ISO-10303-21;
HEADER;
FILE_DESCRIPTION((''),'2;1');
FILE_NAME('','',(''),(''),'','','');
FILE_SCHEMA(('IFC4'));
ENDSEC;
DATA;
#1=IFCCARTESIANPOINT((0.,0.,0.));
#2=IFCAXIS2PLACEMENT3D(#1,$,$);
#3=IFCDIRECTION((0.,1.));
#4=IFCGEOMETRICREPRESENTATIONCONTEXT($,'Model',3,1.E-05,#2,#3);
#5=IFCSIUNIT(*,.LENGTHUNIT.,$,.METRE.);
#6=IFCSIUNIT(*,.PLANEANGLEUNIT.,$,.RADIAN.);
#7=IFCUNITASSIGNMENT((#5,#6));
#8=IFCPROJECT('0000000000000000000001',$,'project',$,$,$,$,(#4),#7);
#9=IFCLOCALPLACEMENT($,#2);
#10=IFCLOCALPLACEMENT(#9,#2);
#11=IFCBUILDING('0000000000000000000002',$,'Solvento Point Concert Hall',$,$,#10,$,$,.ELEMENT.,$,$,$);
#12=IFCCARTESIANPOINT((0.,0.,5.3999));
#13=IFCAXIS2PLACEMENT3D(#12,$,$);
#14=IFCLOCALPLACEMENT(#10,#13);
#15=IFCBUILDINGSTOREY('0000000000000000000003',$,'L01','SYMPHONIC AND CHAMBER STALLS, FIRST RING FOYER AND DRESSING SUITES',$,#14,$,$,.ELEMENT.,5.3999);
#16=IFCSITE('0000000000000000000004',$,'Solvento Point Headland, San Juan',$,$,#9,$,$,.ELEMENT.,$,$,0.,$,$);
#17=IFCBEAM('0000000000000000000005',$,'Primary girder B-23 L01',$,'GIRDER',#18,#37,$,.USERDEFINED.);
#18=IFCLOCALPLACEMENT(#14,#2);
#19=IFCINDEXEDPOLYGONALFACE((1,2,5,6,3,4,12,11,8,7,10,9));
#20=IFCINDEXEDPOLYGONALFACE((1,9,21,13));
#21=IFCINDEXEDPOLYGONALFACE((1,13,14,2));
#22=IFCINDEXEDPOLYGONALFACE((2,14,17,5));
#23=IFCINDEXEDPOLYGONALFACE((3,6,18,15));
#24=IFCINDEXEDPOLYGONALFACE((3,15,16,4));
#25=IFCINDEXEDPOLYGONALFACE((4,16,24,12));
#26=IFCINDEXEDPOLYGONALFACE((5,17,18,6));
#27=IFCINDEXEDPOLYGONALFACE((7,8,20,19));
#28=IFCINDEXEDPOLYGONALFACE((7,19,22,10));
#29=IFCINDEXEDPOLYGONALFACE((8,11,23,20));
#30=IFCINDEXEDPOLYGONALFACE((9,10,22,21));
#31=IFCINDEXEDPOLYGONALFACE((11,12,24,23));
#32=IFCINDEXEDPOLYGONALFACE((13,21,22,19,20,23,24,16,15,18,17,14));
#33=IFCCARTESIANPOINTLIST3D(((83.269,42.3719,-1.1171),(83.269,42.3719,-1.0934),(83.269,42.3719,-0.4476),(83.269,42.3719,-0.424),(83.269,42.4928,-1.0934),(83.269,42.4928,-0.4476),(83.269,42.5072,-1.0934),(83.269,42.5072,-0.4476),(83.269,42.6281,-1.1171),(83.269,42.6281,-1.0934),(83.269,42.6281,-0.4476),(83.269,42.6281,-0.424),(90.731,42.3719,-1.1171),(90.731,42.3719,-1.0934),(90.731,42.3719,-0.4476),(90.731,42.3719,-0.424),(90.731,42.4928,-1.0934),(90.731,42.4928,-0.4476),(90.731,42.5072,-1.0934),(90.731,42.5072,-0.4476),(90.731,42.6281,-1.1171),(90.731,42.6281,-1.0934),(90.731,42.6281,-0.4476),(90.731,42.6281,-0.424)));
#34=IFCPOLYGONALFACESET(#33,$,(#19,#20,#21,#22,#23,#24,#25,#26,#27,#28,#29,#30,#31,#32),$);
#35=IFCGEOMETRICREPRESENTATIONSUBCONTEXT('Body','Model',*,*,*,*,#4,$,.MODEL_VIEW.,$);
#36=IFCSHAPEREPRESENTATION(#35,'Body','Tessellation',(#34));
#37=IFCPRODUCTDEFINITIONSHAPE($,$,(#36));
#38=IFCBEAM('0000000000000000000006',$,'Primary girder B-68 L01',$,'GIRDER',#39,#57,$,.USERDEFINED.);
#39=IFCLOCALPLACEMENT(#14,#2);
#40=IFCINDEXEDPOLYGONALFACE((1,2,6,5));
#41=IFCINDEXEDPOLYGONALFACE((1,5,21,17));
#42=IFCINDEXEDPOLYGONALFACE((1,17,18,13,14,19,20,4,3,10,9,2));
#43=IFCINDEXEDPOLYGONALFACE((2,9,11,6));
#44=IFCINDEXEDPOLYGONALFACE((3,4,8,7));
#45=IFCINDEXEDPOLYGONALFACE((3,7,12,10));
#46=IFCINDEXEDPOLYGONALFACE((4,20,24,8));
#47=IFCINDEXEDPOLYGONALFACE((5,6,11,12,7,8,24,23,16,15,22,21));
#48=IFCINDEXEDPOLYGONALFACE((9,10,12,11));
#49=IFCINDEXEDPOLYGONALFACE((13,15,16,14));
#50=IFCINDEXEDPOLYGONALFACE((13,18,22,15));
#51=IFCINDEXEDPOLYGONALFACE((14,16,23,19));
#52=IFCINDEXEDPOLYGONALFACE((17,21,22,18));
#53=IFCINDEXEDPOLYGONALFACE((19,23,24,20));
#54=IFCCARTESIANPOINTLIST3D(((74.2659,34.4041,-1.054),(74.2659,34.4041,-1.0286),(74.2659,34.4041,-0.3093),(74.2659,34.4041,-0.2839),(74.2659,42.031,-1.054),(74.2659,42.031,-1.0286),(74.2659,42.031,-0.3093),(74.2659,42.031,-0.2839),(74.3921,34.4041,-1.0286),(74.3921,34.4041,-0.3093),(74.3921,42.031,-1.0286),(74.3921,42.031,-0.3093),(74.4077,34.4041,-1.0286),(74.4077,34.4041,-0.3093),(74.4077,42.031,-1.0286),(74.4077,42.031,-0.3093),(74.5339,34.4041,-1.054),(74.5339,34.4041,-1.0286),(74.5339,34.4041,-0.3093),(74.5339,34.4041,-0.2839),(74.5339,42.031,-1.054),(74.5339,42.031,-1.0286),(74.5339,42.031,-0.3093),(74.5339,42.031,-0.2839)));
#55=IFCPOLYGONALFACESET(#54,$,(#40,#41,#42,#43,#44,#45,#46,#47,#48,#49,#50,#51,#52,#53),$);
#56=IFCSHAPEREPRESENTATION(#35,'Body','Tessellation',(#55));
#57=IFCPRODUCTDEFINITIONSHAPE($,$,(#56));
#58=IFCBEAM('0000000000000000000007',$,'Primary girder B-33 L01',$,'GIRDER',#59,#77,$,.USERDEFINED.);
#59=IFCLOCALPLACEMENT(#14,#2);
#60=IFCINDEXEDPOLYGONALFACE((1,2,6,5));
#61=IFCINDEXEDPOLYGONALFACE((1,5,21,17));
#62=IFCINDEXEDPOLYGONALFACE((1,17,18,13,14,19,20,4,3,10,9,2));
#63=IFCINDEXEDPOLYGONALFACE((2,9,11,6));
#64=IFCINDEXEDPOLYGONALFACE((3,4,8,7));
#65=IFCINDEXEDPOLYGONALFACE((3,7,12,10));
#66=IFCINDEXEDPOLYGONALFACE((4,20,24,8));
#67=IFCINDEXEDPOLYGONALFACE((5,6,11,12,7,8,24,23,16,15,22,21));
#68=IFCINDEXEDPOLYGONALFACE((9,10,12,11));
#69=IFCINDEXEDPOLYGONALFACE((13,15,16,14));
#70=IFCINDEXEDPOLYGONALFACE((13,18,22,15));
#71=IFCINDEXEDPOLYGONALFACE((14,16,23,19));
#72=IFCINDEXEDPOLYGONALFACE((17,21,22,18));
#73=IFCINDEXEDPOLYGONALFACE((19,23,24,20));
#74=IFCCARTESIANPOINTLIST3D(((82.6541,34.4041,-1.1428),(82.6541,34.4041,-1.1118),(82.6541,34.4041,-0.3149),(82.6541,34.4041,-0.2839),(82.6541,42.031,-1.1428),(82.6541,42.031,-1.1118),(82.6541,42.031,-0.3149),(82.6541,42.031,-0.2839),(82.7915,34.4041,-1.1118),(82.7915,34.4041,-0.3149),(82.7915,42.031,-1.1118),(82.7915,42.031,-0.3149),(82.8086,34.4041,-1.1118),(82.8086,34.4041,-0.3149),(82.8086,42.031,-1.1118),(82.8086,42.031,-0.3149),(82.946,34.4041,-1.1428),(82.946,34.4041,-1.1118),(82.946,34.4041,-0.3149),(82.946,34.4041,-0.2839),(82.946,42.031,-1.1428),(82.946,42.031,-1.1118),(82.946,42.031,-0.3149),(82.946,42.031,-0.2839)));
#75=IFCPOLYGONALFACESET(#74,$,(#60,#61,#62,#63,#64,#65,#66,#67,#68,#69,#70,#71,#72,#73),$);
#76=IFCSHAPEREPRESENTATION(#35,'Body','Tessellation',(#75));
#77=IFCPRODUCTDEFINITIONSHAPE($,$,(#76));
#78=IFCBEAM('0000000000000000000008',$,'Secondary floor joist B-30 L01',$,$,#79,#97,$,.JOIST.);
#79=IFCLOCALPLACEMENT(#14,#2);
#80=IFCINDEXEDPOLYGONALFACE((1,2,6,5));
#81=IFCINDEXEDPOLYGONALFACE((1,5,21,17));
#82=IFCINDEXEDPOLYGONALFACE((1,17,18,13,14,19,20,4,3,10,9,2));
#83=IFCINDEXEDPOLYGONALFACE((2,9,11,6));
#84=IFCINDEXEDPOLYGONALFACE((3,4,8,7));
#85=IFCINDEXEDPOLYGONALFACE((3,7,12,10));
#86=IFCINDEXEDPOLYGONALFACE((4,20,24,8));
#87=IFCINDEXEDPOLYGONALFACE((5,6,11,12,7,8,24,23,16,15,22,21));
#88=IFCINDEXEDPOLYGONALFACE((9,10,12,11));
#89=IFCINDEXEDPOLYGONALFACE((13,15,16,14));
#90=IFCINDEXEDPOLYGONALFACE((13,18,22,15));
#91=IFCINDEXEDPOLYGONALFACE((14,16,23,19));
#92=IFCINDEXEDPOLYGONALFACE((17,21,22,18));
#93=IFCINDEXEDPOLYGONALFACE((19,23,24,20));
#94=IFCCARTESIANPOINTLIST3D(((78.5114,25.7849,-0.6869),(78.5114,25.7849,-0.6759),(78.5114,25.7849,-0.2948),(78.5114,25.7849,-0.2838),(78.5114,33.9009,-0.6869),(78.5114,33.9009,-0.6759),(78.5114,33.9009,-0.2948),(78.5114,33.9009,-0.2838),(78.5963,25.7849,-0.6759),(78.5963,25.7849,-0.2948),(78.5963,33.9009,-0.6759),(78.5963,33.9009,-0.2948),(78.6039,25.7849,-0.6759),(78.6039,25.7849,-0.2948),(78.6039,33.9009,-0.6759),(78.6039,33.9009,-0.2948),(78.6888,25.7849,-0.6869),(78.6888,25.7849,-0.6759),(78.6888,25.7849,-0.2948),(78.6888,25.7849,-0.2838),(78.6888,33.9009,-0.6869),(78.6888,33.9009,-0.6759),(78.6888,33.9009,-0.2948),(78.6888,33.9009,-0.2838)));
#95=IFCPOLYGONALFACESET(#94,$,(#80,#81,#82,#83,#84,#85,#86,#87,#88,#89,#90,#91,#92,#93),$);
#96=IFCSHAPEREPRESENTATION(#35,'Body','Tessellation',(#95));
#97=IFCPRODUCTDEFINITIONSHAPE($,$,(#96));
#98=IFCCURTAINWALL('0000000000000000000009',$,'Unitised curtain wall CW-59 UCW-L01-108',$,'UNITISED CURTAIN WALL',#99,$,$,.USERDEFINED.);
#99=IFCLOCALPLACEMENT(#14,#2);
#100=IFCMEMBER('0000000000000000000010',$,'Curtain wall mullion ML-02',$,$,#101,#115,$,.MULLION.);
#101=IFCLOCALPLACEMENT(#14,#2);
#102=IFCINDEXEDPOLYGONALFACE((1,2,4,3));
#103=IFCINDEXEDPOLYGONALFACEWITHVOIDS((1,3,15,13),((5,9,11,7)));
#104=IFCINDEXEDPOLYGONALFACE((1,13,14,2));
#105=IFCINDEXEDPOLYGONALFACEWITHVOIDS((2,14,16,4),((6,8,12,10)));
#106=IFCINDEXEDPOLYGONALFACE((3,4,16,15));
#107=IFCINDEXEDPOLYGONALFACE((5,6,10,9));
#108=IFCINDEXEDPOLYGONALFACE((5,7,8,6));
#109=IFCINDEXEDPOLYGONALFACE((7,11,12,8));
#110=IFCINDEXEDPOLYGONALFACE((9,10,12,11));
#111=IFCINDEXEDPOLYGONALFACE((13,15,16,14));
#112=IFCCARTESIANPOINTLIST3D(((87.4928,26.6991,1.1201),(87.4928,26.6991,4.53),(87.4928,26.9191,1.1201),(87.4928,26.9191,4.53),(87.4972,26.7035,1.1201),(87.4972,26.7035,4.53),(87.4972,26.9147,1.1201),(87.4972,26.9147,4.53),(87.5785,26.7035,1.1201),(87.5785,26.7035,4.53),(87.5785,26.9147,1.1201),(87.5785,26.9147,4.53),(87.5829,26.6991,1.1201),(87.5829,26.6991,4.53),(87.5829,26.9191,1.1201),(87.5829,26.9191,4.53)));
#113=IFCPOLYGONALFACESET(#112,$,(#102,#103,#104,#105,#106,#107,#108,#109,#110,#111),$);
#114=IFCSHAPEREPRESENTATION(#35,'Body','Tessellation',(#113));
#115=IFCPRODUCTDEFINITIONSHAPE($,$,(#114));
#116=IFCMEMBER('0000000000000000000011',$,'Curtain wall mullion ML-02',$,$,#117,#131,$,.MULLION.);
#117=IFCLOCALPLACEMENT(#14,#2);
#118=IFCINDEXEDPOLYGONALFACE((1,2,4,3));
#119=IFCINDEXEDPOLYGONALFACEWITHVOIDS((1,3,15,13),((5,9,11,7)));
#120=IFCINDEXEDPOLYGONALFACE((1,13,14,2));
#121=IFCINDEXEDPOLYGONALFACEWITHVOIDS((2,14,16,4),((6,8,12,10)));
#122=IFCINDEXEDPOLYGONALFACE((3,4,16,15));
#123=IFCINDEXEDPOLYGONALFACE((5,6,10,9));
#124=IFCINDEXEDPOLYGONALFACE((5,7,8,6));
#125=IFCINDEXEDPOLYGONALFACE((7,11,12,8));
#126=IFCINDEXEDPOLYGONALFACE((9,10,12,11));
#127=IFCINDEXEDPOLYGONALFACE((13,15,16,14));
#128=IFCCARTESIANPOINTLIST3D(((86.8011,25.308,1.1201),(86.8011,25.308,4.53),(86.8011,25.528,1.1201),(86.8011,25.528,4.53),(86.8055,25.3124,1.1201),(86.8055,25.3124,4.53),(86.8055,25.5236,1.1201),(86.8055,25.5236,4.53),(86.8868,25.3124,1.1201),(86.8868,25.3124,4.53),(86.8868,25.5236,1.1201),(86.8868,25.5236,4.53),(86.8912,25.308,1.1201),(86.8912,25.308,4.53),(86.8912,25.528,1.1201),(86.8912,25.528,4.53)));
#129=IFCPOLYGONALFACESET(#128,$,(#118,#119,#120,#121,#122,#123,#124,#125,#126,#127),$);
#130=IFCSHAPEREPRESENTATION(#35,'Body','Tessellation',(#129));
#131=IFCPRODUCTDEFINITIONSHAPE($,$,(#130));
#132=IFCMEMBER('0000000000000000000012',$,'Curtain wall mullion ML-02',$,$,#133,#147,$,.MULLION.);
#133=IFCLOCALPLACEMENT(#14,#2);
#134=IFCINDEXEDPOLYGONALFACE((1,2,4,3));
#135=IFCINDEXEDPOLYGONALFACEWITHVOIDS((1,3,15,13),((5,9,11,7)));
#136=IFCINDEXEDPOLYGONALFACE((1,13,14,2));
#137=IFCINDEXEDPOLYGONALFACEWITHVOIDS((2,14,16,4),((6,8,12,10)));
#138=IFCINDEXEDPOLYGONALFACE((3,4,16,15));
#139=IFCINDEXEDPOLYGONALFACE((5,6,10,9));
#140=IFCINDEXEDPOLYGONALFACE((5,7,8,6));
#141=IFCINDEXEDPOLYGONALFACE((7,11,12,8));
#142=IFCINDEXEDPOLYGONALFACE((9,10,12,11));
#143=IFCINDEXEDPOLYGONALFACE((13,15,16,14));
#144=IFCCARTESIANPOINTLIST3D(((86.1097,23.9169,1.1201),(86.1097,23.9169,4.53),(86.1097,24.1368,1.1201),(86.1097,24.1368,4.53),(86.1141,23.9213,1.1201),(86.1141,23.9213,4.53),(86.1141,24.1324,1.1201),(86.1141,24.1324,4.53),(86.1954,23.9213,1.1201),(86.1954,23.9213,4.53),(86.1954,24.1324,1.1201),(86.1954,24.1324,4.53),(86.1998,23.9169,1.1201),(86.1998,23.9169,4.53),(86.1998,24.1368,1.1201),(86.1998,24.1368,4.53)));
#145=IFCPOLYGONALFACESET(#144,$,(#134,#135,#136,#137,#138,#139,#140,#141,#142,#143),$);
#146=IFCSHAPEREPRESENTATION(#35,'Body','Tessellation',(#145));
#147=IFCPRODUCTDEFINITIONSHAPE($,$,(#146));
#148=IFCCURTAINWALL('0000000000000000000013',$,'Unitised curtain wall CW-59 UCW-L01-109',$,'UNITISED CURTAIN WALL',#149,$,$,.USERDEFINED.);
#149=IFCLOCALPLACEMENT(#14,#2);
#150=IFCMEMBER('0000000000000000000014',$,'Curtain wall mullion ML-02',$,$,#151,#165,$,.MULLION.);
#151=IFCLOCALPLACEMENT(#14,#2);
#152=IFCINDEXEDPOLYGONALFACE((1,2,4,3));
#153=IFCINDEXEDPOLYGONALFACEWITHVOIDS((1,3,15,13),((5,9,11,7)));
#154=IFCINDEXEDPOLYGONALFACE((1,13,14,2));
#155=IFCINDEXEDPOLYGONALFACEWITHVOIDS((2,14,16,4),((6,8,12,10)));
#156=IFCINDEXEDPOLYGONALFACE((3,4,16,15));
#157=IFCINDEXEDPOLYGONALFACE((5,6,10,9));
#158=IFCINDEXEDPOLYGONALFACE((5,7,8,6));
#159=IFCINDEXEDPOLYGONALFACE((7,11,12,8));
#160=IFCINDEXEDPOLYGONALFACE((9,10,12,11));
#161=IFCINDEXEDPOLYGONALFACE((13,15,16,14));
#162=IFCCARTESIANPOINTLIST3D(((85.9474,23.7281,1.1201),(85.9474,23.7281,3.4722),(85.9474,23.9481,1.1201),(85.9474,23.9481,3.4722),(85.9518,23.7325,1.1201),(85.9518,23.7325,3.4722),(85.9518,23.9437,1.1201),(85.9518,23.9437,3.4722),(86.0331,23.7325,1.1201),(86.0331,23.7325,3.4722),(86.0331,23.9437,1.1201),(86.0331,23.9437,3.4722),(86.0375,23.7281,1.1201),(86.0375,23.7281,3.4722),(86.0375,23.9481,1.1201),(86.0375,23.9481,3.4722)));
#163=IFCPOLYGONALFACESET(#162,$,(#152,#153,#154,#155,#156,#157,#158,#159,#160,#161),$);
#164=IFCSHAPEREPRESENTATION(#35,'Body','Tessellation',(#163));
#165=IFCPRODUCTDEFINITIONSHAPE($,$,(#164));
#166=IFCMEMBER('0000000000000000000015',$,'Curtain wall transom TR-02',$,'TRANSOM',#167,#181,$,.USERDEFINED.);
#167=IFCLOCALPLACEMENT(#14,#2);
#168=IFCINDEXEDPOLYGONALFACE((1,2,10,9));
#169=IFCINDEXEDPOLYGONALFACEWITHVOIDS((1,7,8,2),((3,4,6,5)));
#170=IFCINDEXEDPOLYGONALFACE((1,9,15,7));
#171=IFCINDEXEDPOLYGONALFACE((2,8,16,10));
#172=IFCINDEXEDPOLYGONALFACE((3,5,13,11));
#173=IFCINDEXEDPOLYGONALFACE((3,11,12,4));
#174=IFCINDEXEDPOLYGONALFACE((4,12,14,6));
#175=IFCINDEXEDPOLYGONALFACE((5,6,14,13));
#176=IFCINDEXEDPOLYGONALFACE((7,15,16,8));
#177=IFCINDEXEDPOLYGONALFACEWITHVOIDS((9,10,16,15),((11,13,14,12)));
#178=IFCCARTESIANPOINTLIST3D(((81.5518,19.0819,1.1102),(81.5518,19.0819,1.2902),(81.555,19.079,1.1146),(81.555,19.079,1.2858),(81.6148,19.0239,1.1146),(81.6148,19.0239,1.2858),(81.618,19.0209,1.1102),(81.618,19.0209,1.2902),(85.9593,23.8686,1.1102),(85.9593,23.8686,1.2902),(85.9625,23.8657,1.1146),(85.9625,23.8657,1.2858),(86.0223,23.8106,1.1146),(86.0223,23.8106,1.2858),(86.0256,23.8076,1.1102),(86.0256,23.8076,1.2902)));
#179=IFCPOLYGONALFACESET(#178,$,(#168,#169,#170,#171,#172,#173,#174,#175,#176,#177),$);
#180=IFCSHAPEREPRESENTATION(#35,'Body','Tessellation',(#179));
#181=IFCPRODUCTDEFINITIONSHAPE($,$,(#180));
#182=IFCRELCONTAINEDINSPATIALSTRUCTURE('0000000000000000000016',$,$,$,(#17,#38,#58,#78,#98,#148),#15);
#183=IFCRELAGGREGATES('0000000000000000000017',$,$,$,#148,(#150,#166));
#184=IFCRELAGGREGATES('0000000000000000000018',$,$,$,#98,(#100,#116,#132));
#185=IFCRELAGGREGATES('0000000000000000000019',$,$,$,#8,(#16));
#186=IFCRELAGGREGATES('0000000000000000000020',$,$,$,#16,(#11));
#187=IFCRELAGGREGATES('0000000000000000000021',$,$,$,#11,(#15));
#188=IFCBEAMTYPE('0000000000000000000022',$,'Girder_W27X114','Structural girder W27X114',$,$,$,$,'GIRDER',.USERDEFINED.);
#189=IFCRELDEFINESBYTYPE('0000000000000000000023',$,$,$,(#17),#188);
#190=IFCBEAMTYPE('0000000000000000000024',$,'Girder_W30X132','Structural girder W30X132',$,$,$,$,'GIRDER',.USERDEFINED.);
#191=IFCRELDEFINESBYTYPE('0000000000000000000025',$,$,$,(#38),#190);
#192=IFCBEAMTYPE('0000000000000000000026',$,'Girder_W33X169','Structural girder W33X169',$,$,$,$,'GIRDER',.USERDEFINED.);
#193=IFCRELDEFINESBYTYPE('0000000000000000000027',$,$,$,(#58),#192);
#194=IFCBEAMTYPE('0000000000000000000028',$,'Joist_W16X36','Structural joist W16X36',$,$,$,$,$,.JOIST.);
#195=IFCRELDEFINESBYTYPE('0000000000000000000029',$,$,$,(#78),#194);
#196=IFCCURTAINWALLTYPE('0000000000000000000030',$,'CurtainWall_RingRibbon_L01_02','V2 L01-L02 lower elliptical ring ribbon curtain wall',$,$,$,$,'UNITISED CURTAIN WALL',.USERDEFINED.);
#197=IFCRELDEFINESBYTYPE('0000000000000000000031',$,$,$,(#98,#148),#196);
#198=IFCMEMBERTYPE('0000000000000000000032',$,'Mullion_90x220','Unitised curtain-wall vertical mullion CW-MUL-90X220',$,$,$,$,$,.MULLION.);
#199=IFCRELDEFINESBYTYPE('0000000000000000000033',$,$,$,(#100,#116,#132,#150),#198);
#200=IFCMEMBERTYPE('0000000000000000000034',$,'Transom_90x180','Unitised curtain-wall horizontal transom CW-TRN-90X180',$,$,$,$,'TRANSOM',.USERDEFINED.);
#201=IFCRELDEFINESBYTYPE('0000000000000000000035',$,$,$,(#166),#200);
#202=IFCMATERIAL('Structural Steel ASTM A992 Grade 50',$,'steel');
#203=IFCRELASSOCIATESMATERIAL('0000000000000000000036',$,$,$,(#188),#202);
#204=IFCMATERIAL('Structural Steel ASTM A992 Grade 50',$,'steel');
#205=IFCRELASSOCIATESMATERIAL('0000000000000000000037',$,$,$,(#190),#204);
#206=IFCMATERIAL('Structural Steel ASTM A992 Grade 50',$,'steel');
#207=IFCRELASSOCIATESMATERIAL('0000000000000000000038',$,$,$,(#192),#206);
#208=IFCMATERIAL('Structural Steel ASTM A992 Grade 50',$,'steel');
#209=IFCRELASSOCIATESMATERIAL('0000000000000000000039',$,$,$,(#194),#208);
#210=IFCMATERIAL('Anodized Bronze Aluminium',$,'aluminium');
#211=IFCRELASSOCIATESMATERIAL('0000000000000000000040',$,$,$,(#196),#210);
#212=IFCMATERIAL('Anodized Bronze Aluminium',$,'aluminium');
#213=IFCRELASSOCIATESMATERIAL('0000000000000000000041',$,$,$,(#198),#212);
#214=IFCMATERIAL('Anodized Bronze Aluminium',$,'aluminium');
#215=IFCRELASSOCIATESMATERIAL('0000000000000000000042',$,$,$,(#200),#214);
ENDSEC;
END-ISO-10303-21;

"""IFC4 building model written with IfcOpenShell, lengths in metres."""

from ifc_helpers import new_model, si_unit, direction, frame, origin, origin_2d, place, context, subcontext, project, spatial, hollow_rectangle, i_section, extrude, material, material_profile, profile_set, type_object, element, aggregate, save


model = new_model("IFC4")

# Units and contexts
model_context = context("Model", 3, precision=1e-05, world=origin(), true_north=direction((0.0, 1.0)))
body_context = subcontext(model_context, "Body", "Model", "MODEL_VIEW")
ifc_project = project(units=[si_unit("LENGTHUNIT", "METRE"), si_unit("PLANEANGLEUNIT", "RADIAN")], contexts=[model_context])

# Site, building, storey
site_placement = place(None, origin())
site = spatial("IfcSite", under=ifc_project, at=site_placement, Name="Solvento Point Headland, San Juan", CompositionType="ELEMENT", RefElevation=0.0)
building_placement = place(site_placement, origin())
building = spatial("IfcBuilding", under=site, at=building_placement, Name="Solvento Point Concert Hall", CompositionType="ELEMENT")
storey_placement = place(building_placement, frame((0.0, 0.0, 5.3999)))
storey = spatial("IfcBuildingStorey", under=building, at=storey_placement, Name="L01", Description="SYMPHONIC AND CHAMBER STALLS, FIRST RING FOYER AND DRESSING SUITES", CompositionType="ELEMENT", Elevation=5.3999)

# Beams
ifc_material_1 = material(Name="Structural Steel ASTM A992 Grade 50", Category="steel")
ifc_material_profile_1 = material_profile(ifc_material_1, i_section(OverallWidth=0.2561, OverallDepth=0.6931, WebThickness=0.0144, FlangeThickness=0.0237, at=origin_2d()), Name="W27X114")
ifc_profile_set_1 = profile_set([ifc_material_profile_1], Name="Structural Steel ASTM A992 Grade 50")
beam_type_1 = type_object("IfcBeamType", Name="Girder_W27X114", Description="Structural girder W27X114", ElementType="GIRDER", PredefinedType="USERDEFINED", material=ifc_profile_set_1)
beam_1_placement = place(storey_placement, frame((83.269, 42.5, -0.7705), z_axis=(1.0, 0.0, 0.0), x_axis=(0.0, 1.0, 0.0)))
element("IfcBeam", 1, at=beam_1_placement, inside=storey, type_object=beam_type_1, Name="Primary girder B-23 L01", ObjectType="GIRDER", PredefinedType="USERDEFINED", context=body_context, shape_type="SweptSolid", body=[
    extrude(i_section(OverallWidth=0.2561, OverallDepth=0.6931, WebThickness=0.0144, FlangeThickness=0.0237, at=origin_2d()), origin(), (0.0, 0.0, 1.0), 7.4619),
])
ifc_material_2 = material(Name="Structural Steel ASTM A992 Grade 50", Category="steel")
ifc_material_profile_2 = material_profile(ifc_material_2, i_section(OverallWidth=0.2681, OverallDepth=0.77, WebThickness=0.0156, FlangeThickness=0.0254, at=origin_2d()), Name="W30X132")
ifc_profile_set_2 = profile_set([ifc_material_profile_2], Name="Structural Steel ASTM A992 Grade 50")
beam_type_2 = type_object("IfcBeamType", Name="Girder_W30X132", Description="Structural girder W30X132", ElementType="GIRDER", PredefinedType="USERDEFINED", material=ifc_profile_set_2)
beam_2_placement = place(storey_placement, frame((74.3999, 34.4041, -0.6689), z_axis=(0.0, 1.0, 0.0), x_axis=(-1.0, 0.0, 0.0)))
element("IfcBeam", 2, at=beam_2_placement, inside=storey, type_object=beam_type_2, Name="Primary girder B-68 L01", ObjectType="GIRDER", PredefinedType="USERDEFINED", context=body_context, shape_type="SweptSolid", body=[
    extrude(i_section(OverallWidth=0.2681, OverallDepth=0.77, WebThickness=0.0156, FlangeThickness=0.0254, at=origin_2d()), origin(), (0.0, 0.0, 1.0), 7.627),
])
ifc_material_3 = material(Name="Structural Steel ASTM A992 Grade 50", Category="steel")
ifc_material_profile_3 = material_profile(ifc_material_3, i_section(OverallWidth=0.292, OverallDepth=0.8589, WebThickness=0.0171, FlangeThickness=0.031, at=origin_2d()), Name="W33X169")
ifc_profile_set_3 = profile_set([ifc_material_profile_3], Name="Structural Steel ASTM A992 Grade 50")
beam_type_3 = type_object("IfcBeamType", Name="Girder_W33X169", Description="Structural girder W33X169", ElementType="GIRDER", PredefinedType="USERDEFINED", material=ifc_profile_set_3)
beam_3_placement = place(storey_placement, frame((82.8, 34.4041, -0.7134), z_axis=(0.0, 1.0, 0.0), x_axis=(-1.0, 0.0, 0.0)))
element("IfcBeam", 3, at=beam_3_placement, inside=storey, type_object=beam_type_3, Name="Primary girder B-33 L01", ObjectType="GIRDER", PredefinedType="USERDEFINED", context=body_context, shape_type="SweptSolid", body=[
    extrude(i_section(OverallWidth=0.292, OverallDepth=0.8589, WebThickness=0.0171, FlangeThickness=0.031, at=origin_2d()), origin(), (0.0, 0.0, 1.0), 7.627),
])
ifc_material_4 = material(Name="Structural Steel ASTM A992 Grade 50", Category="steel")
ifc_material_profile_4 = material_profile(ifc_material_4, i_section(OverallWidth=0.1775, OverallDepth=0.4031, WebThickness=0.0076, FlangeThickness=0.011, at=origin_2d()), Name="W16X36")
ifc_profile_set_4 = profile_set([ifc_material_profile_4], Name="Structural Steel ASTM A992 Grade 50")
beam_type_4 = type_object("IfcBeamType", Name="Joist_W16X36", Description="Structural joist W16X36", PredefinedType="JOIST", material=ifc_profile_set_4)
beam_4_placement = place(storey_placement, frame((78.6001, 25.7849, -0.4854), z_axis=(0.0, 1.0, 0.0), x_axis=(-1.0, 0.0, 0.0)))
element("IfcBeam", 4, at=beam_4_placement, inside=storey, type_object=beam_type_4, Name="Secondary floor joist B-30 L01", PredefinedType="JOIST", context=body_context, shape_type="SweptSolid", body=[
    extrude(i_section(OverallWidth=0.1775, OverallDepth=0.4031, WebThickness=0.0076, FlangeThickness=0.011, at=origin_2d()), origin(), (0.0, 0.0, 1.0), 8.116),
])

# Curtain walls, members
ifc_material_5 = material(Name="Anodized Bronze Aluminium", Category="aluminium")
curtain_wall_type = type_object("IfcCurtainWallType", Name="CurtainWall_RingRibbon_L01_02", Description="V2 L01-L02 lower elliptical ring ribbon curtain wall", ElementType="UNITISED CURTAIN WALL", PredefinedType="USERDEFINED", material=ifc_material_5)
curtain_wall_1_placement = place(storey_placement, origin())
curtain_wall_1 = element("IfcCurtainWall", 5, at=curtain_wall_1_placement, inside=storey, type_object=curtain_wall_type, Name="Unitised curtain wall CW-59 UCW-L01-108", ObjectType="UNITISED CURTAIN WALL", PredefinedType="USERDEFINED")
ifc_material_6 = material(Name="Anodized Bronze Aluminium", Category="aluminium")
ifc_material_profile_5 = material_profile(ifc_material_6, hollow_rectangle(XDim=0.0901, YDim=0.22, WallThickness=0.0044, at=origin_2d()), Name="CW-MUL-90X220")
ifc_profile_set_5 = profile_set([ifc_material_profile_5], Name="Anodized Bronze Aluminium")
member_type_1 = type_object("IfcMemberType", Name="Mullion_90x220", Description="Unitised curtain-wall vertical mullion CW-MUL-90X220", PredefinedType="MULLION", material=ifc_profile_set_5)
member_1_placement = place(storey_placement, frame((87.5378, 26.8091, 1.1201), z_axis=(0.0, 0.0, 1.0), x_axis=(1.0, 0.0, 0.0)))
member_1 = element("IfcMember", 6, at=member_1_placement, type_object=member_type_1, Name="Curtain wall mullion ML-02", PredefinedType="MULLION", context=body_context, shape_type="SweptSolid", body=[
    extrude(hollow_rectangle(XDim=0.0901, YDim=0.22, WallThickness=0.0044, at=origin_2d()), origin(), (0.0, 0.0, 1.0), 3.4099),
])
member_2_placement = place(storey_placement, frame((86.8462, 25.418, 1.1201), z_axis=(0.0, 0.0, 1.0), x_axis=(1.0, 0.0, 0.0)))
member_2 = element("IfcMember", 7, at=member_2_placement, type_object=member_type_1, Name="Curtain wall mullion ML-02", PredefinedType="MULLION", context=body_context, shape_type="SweptSolid", body=[
    extrude(hollow_rectangle(XDim=0.0901, YDim=0.22, WallThickness=0.0044, at=origin_2d()), origin(), (0.0, 0.0, 1.0), 3.4099),
])
member_3_placement = place(storey_placement, frame((86.1548, 24.0269, 1.1201), z_axis=(0.0, 0.0, 1.0), x_axis=(1.0, 0.0, 0.0)))
member_3 = element("IfcMember", 8, at=member_3_placement, type_object=member_type_1, Name="Curtain wall mullion ML-02", PredefinedType="MULLION", context=body_context, shape_type="SweptSolid", body=[
    extrude(hollow_rectangle(XDim=0.0901, YDim=0.22, WallThickness=0.0044, at=origin_2d()), origin(), (0.0, 0.0, 1.0), 3.4099),
])
curtain_wall_2_placement = place(storey_placement, origin())
curtain_wall_2 = element("IfcCurtainWall", 9, at=curtain_wall_2_placement, inside=storey, type_object=curtain_wall_type, Name="Unitised curtain wall CW-59 UCW-L01-109", ObjectType="UNITISED CURTAIN WALL", PredefinedType="USERDEFINED")
member_4_placement = place(storey_placement, frame((85.9924, 23.8381, 1.1201), z_axis=(0.0, 0.0, 1.0), x_axis=(1.0, 0.0, 0.0)))
member_4 = element("IfcMember", 10, at=member_4_placement, type_object=member_type_1, Name="Curtain wall mullion ML-02", PredefinedType="MULLION", context=body_context, shape_type="SweptSolid", body=[
    extrude(hollow_rectangle(XDim=0.0901, YDim=0.22, WallThickness=0.0044, at=origin_2d()), origin(), (0.0, 0.0, 1.0), 2.3521),
])
ifc_material_7 = material(Name="Anodized Bronze Aluminium", Category="aluminium")
ifc_material_profile_6 = material_profile(ifc_material_7, hollow_rectangle(XDim=0.0901, YDim=0.1799, WallThickness=0.0044, at=origin_2d()), Name="CW-TRN-90X180")
ifc_profile_set_6 = profile_set([ifc_material_profile_6], Name="Anodized Bronze Aluminium")
member_type_2 = type_object("IfcMemberType", Name="Transom_90x180", Description="Unitised curtain-wall horizontal transom CW-TRN-90X180", ElementType="TRANSOM", PredefinedType="USERDEFINED", material=ifc_profile_set_6)
member_5_placement = place(storey_placement, frame((85.9924, 23.8381, 1.2002), z_axis=(-0.677371, -0.735642, 0.0), x_axis=(0.735642, -0.677371, 0.0)))
member_5 = element("IfcMember", 11, at=member_5_placement, type_object=member_type_2, Name="Curtain wall transom TR-02", ObjectType="TRANSOM", PredefinedType="USERDEFINED", context=body_context, shape_type="SweptSolid", body=[
    extrude(hollow_rectangle(XDim=0.0901, YDim=0.1799, WallThickness=0.0044, at=origin_2d()), origin(), (0.0, 0.0, 1.0), 6.5068),
])
aggregate(curtain_wall_2, [member_4, member_5])

aggregate(curtain_wall_1, [member_1, member_2, member_3])

save(model, "model.ifc")
